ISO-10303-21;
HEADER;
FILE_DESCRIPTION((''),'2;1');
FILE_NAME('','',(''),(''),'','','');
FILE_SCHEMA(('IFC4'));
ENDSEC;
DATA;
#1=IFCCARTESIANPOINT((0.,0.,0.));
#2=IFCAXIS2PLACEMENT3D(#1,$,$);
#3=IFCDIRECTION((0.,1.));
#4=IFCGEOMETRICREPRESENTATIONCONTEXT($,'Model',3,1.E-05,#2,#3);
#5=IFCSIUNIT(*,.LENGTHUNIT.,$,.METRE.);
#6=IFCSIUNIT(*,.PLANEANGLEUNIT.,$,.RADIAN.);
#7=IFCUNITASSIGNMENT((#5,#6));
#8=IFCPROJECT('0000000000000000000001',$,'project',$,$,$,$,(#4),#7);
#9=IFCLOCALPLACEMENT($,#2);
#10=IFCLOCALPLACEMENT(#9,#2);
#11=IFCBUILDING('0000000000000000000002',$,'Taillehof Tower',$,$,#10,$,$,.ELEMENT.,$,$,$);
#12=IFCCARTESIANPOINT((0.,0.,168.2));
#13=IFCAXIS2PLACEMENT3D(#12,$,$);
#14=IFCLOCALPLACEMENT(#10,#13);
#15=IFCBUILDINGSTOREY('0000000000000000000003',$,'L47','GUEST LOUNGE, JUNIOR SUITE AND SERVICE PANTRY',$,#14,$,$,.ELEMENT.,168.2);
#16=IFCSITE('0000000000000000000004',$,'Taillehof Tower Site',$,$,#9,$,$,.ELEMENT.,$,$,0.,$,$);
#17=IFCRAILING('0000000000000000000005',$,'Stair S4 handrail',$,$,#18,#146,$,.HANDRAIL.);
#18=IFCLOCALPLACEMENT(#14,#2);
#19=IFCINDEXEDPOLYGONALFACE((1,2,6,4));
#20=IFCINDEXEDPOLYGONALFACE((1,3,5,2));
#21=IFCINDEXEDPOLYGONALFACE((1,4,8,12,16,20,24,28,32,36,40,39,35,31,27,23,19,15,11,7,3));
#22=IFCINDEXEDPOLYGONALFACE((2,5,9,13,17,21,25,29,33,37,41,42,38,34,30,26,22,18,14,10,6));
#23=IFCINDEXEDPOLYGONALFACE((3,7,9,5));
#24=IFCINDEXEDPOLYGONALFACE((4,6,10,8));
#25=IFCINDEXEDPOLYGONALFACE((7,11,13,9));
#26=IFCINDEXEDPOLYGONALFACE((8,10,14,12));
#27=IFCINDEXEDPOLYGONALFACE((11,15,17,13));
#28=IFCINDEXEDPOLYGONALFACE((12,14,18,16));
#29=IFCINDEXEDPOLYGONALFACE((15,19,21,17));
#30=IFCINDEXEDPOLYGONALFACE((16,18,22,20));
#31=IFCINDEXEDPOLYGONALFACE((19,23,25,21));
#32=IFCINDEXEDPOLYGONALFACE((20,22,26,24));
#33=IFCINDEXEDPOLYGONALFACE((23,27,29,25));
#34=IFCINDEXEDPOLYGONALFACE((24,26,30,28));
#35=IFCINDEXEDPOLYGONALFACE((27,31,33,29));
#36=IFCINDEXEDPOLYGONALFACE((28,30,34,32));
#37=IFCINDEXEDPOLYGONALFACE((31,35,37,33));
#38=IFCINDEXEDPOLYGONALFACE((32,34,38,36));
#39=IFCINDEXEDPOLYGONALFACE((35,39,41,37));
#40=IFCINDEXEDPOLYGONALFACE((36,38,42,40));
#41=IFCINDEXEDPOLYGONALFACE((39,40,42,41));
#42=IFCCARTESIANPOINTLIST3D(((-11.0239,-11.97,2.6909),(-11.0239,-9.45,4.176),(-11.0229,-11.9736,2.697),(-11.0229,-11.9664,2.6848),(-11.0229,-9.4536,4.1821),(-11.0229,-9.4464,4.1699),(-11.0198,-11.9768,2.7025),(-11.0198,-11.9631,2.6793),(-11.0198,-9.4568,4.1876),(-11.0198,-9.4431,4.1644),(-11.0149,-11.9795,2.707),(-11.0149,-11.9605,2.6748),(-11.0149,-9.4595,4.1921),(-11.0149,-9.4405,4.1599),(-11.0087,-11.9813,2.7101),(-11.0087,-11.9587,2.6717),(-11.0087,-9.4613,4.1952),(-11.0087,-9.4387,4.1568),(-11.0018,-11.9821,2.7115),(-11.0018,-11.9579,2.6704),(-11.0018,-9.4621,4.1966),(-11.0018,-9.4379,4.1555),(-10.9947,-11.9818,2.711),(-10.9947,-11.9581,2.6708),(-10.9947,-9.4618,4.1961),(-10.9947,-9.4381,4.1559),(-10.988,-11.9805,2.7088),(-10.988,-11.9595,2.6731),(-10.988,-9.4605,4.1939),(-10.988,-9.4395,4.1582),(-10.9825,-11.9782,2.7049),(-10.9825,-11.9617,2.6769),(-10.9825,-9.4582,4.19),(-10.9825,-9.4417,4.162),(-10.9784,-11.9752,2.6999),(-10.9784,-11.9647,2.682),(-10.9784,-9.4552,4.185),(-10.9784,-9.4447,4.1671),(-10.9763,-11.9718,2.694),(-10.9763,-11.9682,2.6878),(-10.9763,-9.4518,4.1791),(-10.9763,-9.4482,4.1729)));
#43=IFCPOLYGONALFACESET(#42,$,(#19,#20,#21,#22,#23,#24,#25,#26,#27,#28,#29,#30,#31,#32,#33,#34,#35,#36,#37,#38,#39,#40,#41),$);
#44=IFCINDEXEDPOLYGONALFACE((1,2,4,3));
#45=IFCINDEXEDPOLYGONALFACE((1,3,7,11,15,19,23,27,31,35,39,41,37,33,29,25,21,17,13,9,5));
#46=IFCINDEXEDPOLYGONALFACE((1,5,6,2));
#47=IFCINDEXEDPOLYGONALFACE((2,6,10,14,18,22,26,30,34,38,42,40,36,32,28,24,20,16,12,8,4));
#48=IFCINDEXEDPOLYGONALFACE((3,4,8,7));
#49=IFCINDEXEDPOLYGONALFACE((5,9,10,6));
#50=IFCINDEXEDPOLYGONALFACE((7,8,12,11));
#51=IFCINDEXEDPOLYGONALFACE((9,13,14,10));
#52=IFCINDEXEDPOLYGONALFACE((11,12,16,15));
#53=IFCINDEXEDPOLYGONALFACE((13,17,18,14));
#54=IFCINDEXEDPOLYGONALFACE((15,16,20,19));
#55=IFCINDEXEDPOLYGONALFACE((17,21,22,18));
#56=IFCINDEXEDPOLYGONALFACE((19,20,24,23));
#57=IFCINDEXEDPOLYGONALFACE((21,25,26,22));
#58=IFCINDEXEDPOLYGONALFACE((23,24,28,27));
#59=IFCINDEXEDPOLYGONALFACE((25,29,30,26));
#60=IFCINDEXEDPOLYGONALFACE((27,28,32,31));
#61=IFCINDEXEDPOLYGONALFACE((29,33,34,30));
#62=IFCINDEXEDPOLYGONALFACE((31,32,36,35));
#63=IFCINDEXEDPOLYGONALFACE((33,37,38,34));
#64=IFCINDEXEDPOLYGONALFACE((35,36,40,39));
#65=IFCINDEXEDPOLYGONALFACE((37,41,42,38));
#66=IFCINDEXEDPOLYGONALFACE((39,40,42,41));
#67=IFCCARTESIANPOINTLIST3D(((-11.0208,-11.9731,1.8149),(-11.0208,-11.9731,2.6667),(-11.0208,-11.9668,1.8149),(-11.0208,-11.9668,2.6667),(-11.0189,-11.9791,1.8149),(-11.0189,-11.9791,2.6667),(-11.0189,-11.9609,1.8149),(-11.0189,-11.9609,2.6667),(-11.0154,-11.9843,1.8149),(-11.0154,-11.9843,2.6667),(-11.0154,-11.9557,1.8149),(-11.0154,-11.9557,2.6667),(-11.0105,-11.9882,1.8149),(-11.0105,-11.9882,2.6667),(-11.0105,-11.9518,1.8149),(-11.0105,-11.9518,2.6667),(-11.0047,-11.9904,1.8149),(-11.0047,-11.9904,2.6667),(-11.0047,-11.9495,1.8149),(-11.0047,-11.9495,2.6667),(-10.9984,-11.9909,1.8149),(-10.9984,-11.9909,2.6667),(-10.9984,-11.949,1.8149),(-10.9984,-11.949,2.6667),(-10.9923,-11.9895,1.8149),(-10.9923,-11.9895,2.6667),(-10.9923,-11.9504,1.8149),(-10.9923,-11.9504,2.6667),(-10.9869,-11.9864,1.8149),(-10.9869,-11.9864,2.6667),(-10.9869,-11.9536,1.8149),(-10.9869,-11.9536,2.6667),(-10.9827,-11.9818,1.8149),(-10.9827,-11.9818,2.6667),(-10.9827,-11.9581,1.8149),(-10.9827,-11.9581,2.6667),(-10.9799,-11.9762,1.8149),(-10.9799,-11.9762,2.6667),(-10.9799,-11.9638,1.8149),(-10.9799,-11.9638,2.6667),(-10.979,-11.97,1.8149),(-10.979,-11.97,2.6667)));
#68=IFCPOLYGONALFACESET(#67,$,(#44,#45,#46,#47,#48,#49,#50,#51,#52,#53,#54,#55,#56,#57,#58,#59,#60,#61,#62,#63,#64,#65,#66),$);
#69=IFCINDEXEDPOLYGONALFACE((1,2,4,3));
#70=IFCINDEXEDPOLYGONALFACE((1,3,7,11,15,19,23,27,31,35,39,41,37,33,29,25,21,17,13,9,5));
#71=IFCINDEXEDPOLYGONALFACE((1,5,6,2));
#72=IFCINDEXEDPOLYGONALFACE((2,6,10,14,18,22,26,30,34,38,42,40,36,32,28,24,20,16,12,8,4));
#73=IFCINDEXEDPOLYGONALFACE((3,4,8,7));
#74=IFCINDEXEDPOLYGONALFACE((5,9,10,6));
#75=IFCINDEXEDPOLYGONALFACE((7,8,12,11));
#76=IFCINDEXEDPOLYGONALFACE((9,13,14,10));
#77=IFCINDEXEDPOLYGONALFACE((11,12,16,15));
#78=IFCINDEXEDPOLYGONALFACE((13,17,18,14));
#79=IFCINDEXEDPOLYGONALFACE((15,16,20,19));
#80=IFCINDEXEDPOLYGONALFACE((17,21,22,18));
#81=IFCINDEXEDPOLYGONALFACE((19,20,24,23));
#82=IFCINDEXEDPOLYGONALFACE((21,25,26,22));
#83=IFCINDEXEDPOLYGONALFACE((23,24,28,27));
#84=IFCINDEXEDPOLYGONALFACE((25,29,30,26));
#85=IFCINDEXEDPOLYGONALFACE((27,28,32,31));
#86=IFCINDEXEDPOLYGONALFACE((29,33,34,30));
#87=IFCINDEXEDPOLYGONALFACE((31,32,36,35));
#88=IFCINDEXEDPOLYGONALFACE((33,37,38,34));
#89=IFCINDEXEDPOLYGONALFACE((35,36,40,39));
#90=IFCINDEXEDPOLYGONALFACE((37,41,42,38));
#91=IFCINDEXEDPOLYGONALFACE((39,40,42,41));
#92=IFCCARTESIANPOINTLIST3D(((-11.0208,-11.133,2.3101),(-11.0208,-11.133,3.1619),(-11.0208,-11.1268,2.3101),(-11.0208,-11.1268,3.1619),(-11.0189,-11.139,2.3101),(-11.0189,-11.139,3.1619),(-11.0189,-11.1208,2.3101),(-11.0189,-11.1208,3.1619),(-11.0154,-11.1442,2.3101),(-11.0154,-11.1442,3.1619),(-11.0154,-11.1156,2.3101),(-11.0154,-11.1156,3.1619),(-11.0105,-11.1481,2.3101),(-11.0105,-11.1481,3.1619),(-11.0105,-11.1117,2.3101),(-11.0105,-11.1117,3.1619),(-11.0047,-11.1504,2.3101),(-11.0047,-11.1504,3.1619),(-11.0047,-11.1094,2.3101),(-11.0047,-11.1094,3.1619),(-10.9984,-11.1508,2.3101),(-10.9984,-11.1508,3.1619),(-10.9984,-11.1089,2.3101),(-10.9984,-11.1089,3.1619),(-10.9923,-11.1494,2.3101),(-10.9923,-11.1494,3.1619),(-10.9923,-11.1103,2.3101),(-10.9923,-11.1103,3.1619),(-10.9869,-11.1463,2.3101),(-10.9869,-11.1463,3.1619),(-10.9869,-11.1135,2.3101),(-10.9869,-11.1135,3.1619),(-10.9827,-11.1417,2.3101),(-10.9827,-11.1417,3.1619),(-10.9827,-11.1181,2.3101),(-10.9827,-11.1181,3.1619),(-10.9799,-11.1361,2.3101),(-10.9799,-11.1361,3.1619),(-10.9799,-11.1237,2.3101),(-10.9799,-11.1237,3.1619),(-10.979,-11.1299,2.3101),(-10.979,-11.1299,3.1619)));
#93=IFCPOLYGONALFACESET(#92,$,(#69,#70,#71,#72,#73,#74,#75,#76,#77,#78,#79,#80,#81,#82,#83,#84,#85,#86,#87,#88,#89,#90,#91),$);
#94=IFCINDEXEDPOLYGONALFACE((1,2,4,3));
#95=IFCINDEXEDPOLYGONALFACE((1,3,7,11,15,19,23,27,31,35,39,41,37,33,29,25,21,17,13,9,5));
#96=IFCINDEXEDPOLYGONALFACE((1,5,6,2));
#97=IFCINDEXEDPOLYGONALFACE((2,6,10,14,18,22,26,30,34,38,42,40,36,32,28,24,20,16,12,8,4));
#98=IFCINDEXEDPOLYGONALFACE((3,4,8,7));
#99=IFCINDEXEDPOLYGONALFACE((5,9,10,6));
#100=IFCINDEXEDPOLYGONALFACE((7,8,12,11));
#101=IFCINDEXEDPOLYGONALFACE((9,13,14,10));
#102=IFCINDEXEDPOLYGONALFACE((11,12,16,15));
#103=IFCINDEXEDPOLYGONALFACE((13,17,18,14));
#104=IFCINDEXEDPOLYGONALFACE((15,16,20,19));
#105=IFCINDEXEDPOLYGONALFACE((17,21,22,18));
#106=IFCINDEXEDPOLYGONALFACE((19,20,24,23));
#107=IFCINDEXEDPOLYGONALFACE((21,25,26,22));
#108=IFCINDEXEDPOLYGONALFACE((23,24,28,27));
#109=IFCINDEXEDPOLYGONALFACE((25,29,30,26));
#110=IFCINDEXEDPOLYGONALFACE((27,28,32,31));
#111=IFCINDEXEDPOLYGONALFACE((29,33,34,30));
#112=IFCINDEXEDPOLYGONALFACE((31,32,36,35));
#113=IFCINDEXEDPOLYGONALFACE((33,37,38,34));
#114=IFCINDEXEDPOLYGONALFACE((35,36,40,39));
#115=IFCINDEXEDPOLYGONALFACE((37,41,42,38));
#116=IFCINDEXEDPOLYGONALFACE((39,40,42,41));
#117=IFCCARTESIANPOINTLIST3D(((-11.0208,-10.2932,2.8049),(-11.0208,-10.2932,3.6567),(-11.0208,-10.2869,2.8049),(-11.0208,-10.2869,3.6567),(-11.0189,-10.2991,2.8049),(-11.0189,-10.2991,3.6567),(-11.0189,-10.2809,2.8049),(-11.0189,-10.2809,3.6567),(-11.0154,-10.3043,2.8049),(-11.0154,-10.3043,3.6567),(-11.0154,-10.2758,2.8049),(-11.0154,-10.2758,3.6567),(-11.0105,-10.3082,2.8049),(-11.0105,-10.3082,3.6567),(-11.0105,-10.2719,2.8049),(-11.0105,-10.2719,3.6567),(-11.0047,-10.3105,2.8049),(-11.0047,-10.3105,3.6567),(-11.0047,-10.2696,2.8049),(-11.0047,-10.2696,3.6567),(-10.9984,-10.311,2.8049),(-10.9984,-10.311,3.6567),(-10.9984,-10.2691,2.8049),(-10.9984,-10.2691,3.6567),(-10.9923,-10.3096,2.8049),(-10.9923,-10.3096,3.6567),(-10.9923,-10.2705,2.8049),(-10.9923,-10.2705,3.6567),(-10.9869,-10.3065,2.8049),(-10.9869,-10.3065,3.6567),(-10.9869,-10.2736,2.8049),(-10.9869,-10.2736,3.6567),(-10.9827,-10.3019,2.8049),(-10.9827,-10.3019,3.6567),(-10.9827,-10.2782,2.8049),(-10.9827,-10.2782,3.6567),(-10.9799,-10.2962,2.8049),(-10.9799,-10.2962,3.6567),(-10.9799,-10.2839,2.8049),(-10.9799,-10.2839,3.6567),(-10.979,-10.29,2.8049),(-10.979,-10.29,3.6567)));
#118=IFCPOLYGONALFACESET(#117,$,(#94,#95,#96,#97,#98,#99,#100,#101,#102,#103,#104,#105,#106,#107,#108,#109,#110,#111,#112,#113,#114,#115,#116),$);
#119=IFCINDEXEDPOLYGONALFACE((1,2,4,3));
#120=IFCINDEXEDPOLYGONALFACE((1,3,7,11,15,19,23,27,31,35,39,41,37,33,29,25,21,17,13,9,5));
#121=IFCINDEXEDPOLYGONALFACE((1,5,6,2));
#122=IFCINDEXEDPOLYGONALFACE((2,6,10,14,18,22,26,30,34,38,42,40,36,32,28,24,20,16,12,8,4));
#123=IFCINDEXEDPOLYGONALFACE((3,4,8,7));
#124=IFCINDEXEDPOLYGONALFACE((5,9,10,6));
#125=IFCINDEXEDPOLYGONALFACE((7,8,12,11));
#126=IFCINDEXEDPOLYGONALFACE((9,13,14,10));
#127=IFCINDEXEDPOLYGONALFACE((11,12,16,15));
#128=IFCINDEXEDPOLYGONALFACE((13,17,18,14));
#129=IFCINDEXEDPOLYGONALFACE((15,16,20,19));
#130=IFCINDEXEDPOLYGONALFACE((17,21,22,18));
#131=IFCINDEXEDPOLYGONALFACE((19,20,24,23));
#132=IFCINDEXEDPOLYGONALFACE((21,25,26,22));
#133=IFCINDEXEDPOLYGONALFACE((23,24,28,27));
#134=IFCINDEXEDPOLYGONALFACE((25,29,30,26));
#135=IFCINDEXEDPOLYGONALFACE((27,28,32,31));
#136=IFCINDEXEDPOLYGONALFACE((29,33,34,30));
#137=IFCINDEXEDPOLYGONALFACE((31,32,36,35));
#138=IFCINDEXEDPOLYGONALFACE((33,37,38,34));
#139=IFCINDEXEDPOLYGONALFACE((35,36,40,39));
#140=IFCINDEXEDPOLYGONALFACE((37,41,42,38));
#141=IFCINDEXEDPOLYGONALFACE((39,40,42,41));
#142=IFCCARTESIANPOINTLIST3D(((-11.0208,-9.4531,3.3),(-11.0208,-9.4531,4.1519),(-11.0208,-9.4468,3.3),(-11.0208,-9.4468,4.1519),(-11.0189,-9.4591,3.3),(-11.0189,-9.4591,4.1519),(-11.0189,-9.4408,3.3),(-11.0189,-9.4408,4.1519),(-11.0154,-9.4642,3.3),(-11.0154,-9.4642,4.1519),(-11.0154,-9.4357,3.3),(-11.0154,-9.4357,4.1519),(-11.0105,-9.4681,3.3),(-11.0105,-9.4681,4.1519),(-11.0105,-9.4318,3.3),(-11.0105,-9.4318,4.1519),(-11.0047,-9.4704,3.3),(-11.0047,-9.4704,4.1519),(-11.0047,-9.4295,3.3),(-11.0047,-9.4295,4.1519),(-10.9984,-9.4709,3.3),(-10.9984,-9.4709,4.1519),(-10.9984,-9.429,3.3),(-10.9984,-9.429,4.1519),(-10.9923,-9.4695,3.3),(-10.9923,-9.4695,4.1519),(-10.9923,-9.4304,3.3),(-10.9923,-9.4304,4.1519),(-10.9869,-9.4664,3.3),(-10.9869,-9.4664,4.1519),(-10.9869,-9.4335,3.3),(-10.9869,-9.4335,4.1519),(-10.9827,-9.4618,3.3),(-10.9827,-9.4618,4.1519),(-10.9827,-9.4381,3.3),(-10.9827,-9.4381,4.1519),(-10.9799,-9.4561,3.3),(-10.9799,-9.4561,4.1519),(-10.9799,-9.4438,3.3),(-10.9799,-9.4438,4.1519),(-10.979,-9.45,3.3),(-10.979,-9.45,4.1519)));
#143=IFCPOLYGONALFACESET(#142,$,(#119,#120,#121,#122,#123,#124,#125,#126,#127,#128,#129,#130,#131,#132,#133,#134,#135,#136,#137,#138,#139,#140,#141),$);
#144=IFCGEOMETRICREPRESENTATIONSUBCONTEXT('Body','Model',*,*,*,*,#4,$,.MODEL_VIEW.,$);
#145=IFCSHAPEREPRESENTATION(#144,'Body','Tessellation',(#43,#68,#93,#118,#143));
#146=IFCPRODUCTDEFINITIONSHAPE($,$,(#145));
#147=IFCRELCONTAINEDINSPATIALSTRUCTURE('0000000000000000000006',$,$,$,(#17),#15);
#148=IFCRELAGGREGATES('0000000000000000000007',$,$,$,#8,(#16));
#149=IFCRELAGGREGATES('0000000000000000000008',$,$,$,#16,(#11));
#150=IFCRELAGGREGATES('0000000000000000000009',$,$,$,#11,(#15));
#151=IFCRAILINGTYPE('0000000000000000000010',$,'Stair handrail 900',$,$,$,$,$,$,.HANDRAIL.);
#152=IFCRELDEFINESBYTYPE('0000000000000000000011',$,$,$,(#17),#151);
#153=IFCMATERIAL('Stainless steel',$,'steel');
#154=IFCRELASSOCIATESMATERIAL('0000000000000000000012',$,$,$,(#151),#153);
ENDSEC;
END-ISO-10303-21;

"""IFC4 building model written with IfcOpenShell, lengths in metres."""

from ifc_helpers import new_model, si_unit, direction, frame, origin, origin_2d, place, context, subcontext, project, spatial, circle, extrude, material, type_object, element, save


model = new_model("IFC4")

# Units and contexts
model_context = context("Model", 3, precision=1e-05, world=origin(), true_north=direction((0.0, 1.0)))
body_context = subcontext(model_context, "Body", "Model", "MODEL_VIEW")
ifc_project = project(units=[si_unit("LENGTHUNIT", "METRE"), si_unit("PLANEANGLEUNIT", "RADIAN")], contexts=[model_context])

# Site, building, storey
site_placement = place(None, origin())
site = spatial("IfcSite", under=ifc_project, at=site_placement, Name="Taillehof Tower Site", CompositionType="ELEMENT", RefElevation=0.0)
building_placement = place(site_placement, origin())
building = spatial("IfcBuilding", under=site, at=building_placement, Name="Taillehof Tower", CompositionType="ELEMENT")
storey_placement = place(building_placement, frame((0.0, 0.0, 168.2)))
storey = spatial("IfcBuildingStorey", under=building, at=storey_placement, Name="L47", Description="GUEST LOUNGE, JUNIOR SUITE AND SERVICE PANTRY", CompositionType="ELEMENT", Elevation=168.2)

# Railing
ifc_material_1 = material(Name="Stainless steel", Category="steel")
railing_type = type_object("IfcRailingType", Name="Stair handrail 900", PredefinedType="HANDRAIL", material=ifc_material_1)
railing_placement = place(storey_placement, frame((-11.0, -11.97, 1.8149)))
element("IfcRailing", 1, at=railing_placement, inside=storey, type_object=railing_type, Name="Stair S4 handrail", PredefinedType="HANDRAIL", context=body_context, shape_type="SweptSolid", body=[
    extrude(circle(Radius=0.0239, at=origin_2d()), frame((0.0, 0.0, 0.876), z_axis=(0.0, 0.861524, 0.507717), x_axis=(-1.0, 0.0, 0.0)), (0.0, 0.0, 1.0), 2.925),
    extrude(circle(Radius=0.021, at=origin_2d()), origin(), (0.0, 0.0, 1.0), 0.8518),
    extrude(circle(Radius=0.021, at=origin_2d()), frame((0.0, 0.8401, 0.4951)), (0.0, 0.0, 1.0), 0.8518),
    extrude(circle(Radius=0.021, at=origin_2d()), frame((0.0, 1.6799, 0.99)), (0.0, 0.0, 1.0), 0.8518),
    extrude(circle(Radius=0.021, at=origin_2d()), frame((0.0, 2.52, 1.4851)), (0.0, 0.0, 1.0), 0.8518),
])

save(model, "model.ifc")
